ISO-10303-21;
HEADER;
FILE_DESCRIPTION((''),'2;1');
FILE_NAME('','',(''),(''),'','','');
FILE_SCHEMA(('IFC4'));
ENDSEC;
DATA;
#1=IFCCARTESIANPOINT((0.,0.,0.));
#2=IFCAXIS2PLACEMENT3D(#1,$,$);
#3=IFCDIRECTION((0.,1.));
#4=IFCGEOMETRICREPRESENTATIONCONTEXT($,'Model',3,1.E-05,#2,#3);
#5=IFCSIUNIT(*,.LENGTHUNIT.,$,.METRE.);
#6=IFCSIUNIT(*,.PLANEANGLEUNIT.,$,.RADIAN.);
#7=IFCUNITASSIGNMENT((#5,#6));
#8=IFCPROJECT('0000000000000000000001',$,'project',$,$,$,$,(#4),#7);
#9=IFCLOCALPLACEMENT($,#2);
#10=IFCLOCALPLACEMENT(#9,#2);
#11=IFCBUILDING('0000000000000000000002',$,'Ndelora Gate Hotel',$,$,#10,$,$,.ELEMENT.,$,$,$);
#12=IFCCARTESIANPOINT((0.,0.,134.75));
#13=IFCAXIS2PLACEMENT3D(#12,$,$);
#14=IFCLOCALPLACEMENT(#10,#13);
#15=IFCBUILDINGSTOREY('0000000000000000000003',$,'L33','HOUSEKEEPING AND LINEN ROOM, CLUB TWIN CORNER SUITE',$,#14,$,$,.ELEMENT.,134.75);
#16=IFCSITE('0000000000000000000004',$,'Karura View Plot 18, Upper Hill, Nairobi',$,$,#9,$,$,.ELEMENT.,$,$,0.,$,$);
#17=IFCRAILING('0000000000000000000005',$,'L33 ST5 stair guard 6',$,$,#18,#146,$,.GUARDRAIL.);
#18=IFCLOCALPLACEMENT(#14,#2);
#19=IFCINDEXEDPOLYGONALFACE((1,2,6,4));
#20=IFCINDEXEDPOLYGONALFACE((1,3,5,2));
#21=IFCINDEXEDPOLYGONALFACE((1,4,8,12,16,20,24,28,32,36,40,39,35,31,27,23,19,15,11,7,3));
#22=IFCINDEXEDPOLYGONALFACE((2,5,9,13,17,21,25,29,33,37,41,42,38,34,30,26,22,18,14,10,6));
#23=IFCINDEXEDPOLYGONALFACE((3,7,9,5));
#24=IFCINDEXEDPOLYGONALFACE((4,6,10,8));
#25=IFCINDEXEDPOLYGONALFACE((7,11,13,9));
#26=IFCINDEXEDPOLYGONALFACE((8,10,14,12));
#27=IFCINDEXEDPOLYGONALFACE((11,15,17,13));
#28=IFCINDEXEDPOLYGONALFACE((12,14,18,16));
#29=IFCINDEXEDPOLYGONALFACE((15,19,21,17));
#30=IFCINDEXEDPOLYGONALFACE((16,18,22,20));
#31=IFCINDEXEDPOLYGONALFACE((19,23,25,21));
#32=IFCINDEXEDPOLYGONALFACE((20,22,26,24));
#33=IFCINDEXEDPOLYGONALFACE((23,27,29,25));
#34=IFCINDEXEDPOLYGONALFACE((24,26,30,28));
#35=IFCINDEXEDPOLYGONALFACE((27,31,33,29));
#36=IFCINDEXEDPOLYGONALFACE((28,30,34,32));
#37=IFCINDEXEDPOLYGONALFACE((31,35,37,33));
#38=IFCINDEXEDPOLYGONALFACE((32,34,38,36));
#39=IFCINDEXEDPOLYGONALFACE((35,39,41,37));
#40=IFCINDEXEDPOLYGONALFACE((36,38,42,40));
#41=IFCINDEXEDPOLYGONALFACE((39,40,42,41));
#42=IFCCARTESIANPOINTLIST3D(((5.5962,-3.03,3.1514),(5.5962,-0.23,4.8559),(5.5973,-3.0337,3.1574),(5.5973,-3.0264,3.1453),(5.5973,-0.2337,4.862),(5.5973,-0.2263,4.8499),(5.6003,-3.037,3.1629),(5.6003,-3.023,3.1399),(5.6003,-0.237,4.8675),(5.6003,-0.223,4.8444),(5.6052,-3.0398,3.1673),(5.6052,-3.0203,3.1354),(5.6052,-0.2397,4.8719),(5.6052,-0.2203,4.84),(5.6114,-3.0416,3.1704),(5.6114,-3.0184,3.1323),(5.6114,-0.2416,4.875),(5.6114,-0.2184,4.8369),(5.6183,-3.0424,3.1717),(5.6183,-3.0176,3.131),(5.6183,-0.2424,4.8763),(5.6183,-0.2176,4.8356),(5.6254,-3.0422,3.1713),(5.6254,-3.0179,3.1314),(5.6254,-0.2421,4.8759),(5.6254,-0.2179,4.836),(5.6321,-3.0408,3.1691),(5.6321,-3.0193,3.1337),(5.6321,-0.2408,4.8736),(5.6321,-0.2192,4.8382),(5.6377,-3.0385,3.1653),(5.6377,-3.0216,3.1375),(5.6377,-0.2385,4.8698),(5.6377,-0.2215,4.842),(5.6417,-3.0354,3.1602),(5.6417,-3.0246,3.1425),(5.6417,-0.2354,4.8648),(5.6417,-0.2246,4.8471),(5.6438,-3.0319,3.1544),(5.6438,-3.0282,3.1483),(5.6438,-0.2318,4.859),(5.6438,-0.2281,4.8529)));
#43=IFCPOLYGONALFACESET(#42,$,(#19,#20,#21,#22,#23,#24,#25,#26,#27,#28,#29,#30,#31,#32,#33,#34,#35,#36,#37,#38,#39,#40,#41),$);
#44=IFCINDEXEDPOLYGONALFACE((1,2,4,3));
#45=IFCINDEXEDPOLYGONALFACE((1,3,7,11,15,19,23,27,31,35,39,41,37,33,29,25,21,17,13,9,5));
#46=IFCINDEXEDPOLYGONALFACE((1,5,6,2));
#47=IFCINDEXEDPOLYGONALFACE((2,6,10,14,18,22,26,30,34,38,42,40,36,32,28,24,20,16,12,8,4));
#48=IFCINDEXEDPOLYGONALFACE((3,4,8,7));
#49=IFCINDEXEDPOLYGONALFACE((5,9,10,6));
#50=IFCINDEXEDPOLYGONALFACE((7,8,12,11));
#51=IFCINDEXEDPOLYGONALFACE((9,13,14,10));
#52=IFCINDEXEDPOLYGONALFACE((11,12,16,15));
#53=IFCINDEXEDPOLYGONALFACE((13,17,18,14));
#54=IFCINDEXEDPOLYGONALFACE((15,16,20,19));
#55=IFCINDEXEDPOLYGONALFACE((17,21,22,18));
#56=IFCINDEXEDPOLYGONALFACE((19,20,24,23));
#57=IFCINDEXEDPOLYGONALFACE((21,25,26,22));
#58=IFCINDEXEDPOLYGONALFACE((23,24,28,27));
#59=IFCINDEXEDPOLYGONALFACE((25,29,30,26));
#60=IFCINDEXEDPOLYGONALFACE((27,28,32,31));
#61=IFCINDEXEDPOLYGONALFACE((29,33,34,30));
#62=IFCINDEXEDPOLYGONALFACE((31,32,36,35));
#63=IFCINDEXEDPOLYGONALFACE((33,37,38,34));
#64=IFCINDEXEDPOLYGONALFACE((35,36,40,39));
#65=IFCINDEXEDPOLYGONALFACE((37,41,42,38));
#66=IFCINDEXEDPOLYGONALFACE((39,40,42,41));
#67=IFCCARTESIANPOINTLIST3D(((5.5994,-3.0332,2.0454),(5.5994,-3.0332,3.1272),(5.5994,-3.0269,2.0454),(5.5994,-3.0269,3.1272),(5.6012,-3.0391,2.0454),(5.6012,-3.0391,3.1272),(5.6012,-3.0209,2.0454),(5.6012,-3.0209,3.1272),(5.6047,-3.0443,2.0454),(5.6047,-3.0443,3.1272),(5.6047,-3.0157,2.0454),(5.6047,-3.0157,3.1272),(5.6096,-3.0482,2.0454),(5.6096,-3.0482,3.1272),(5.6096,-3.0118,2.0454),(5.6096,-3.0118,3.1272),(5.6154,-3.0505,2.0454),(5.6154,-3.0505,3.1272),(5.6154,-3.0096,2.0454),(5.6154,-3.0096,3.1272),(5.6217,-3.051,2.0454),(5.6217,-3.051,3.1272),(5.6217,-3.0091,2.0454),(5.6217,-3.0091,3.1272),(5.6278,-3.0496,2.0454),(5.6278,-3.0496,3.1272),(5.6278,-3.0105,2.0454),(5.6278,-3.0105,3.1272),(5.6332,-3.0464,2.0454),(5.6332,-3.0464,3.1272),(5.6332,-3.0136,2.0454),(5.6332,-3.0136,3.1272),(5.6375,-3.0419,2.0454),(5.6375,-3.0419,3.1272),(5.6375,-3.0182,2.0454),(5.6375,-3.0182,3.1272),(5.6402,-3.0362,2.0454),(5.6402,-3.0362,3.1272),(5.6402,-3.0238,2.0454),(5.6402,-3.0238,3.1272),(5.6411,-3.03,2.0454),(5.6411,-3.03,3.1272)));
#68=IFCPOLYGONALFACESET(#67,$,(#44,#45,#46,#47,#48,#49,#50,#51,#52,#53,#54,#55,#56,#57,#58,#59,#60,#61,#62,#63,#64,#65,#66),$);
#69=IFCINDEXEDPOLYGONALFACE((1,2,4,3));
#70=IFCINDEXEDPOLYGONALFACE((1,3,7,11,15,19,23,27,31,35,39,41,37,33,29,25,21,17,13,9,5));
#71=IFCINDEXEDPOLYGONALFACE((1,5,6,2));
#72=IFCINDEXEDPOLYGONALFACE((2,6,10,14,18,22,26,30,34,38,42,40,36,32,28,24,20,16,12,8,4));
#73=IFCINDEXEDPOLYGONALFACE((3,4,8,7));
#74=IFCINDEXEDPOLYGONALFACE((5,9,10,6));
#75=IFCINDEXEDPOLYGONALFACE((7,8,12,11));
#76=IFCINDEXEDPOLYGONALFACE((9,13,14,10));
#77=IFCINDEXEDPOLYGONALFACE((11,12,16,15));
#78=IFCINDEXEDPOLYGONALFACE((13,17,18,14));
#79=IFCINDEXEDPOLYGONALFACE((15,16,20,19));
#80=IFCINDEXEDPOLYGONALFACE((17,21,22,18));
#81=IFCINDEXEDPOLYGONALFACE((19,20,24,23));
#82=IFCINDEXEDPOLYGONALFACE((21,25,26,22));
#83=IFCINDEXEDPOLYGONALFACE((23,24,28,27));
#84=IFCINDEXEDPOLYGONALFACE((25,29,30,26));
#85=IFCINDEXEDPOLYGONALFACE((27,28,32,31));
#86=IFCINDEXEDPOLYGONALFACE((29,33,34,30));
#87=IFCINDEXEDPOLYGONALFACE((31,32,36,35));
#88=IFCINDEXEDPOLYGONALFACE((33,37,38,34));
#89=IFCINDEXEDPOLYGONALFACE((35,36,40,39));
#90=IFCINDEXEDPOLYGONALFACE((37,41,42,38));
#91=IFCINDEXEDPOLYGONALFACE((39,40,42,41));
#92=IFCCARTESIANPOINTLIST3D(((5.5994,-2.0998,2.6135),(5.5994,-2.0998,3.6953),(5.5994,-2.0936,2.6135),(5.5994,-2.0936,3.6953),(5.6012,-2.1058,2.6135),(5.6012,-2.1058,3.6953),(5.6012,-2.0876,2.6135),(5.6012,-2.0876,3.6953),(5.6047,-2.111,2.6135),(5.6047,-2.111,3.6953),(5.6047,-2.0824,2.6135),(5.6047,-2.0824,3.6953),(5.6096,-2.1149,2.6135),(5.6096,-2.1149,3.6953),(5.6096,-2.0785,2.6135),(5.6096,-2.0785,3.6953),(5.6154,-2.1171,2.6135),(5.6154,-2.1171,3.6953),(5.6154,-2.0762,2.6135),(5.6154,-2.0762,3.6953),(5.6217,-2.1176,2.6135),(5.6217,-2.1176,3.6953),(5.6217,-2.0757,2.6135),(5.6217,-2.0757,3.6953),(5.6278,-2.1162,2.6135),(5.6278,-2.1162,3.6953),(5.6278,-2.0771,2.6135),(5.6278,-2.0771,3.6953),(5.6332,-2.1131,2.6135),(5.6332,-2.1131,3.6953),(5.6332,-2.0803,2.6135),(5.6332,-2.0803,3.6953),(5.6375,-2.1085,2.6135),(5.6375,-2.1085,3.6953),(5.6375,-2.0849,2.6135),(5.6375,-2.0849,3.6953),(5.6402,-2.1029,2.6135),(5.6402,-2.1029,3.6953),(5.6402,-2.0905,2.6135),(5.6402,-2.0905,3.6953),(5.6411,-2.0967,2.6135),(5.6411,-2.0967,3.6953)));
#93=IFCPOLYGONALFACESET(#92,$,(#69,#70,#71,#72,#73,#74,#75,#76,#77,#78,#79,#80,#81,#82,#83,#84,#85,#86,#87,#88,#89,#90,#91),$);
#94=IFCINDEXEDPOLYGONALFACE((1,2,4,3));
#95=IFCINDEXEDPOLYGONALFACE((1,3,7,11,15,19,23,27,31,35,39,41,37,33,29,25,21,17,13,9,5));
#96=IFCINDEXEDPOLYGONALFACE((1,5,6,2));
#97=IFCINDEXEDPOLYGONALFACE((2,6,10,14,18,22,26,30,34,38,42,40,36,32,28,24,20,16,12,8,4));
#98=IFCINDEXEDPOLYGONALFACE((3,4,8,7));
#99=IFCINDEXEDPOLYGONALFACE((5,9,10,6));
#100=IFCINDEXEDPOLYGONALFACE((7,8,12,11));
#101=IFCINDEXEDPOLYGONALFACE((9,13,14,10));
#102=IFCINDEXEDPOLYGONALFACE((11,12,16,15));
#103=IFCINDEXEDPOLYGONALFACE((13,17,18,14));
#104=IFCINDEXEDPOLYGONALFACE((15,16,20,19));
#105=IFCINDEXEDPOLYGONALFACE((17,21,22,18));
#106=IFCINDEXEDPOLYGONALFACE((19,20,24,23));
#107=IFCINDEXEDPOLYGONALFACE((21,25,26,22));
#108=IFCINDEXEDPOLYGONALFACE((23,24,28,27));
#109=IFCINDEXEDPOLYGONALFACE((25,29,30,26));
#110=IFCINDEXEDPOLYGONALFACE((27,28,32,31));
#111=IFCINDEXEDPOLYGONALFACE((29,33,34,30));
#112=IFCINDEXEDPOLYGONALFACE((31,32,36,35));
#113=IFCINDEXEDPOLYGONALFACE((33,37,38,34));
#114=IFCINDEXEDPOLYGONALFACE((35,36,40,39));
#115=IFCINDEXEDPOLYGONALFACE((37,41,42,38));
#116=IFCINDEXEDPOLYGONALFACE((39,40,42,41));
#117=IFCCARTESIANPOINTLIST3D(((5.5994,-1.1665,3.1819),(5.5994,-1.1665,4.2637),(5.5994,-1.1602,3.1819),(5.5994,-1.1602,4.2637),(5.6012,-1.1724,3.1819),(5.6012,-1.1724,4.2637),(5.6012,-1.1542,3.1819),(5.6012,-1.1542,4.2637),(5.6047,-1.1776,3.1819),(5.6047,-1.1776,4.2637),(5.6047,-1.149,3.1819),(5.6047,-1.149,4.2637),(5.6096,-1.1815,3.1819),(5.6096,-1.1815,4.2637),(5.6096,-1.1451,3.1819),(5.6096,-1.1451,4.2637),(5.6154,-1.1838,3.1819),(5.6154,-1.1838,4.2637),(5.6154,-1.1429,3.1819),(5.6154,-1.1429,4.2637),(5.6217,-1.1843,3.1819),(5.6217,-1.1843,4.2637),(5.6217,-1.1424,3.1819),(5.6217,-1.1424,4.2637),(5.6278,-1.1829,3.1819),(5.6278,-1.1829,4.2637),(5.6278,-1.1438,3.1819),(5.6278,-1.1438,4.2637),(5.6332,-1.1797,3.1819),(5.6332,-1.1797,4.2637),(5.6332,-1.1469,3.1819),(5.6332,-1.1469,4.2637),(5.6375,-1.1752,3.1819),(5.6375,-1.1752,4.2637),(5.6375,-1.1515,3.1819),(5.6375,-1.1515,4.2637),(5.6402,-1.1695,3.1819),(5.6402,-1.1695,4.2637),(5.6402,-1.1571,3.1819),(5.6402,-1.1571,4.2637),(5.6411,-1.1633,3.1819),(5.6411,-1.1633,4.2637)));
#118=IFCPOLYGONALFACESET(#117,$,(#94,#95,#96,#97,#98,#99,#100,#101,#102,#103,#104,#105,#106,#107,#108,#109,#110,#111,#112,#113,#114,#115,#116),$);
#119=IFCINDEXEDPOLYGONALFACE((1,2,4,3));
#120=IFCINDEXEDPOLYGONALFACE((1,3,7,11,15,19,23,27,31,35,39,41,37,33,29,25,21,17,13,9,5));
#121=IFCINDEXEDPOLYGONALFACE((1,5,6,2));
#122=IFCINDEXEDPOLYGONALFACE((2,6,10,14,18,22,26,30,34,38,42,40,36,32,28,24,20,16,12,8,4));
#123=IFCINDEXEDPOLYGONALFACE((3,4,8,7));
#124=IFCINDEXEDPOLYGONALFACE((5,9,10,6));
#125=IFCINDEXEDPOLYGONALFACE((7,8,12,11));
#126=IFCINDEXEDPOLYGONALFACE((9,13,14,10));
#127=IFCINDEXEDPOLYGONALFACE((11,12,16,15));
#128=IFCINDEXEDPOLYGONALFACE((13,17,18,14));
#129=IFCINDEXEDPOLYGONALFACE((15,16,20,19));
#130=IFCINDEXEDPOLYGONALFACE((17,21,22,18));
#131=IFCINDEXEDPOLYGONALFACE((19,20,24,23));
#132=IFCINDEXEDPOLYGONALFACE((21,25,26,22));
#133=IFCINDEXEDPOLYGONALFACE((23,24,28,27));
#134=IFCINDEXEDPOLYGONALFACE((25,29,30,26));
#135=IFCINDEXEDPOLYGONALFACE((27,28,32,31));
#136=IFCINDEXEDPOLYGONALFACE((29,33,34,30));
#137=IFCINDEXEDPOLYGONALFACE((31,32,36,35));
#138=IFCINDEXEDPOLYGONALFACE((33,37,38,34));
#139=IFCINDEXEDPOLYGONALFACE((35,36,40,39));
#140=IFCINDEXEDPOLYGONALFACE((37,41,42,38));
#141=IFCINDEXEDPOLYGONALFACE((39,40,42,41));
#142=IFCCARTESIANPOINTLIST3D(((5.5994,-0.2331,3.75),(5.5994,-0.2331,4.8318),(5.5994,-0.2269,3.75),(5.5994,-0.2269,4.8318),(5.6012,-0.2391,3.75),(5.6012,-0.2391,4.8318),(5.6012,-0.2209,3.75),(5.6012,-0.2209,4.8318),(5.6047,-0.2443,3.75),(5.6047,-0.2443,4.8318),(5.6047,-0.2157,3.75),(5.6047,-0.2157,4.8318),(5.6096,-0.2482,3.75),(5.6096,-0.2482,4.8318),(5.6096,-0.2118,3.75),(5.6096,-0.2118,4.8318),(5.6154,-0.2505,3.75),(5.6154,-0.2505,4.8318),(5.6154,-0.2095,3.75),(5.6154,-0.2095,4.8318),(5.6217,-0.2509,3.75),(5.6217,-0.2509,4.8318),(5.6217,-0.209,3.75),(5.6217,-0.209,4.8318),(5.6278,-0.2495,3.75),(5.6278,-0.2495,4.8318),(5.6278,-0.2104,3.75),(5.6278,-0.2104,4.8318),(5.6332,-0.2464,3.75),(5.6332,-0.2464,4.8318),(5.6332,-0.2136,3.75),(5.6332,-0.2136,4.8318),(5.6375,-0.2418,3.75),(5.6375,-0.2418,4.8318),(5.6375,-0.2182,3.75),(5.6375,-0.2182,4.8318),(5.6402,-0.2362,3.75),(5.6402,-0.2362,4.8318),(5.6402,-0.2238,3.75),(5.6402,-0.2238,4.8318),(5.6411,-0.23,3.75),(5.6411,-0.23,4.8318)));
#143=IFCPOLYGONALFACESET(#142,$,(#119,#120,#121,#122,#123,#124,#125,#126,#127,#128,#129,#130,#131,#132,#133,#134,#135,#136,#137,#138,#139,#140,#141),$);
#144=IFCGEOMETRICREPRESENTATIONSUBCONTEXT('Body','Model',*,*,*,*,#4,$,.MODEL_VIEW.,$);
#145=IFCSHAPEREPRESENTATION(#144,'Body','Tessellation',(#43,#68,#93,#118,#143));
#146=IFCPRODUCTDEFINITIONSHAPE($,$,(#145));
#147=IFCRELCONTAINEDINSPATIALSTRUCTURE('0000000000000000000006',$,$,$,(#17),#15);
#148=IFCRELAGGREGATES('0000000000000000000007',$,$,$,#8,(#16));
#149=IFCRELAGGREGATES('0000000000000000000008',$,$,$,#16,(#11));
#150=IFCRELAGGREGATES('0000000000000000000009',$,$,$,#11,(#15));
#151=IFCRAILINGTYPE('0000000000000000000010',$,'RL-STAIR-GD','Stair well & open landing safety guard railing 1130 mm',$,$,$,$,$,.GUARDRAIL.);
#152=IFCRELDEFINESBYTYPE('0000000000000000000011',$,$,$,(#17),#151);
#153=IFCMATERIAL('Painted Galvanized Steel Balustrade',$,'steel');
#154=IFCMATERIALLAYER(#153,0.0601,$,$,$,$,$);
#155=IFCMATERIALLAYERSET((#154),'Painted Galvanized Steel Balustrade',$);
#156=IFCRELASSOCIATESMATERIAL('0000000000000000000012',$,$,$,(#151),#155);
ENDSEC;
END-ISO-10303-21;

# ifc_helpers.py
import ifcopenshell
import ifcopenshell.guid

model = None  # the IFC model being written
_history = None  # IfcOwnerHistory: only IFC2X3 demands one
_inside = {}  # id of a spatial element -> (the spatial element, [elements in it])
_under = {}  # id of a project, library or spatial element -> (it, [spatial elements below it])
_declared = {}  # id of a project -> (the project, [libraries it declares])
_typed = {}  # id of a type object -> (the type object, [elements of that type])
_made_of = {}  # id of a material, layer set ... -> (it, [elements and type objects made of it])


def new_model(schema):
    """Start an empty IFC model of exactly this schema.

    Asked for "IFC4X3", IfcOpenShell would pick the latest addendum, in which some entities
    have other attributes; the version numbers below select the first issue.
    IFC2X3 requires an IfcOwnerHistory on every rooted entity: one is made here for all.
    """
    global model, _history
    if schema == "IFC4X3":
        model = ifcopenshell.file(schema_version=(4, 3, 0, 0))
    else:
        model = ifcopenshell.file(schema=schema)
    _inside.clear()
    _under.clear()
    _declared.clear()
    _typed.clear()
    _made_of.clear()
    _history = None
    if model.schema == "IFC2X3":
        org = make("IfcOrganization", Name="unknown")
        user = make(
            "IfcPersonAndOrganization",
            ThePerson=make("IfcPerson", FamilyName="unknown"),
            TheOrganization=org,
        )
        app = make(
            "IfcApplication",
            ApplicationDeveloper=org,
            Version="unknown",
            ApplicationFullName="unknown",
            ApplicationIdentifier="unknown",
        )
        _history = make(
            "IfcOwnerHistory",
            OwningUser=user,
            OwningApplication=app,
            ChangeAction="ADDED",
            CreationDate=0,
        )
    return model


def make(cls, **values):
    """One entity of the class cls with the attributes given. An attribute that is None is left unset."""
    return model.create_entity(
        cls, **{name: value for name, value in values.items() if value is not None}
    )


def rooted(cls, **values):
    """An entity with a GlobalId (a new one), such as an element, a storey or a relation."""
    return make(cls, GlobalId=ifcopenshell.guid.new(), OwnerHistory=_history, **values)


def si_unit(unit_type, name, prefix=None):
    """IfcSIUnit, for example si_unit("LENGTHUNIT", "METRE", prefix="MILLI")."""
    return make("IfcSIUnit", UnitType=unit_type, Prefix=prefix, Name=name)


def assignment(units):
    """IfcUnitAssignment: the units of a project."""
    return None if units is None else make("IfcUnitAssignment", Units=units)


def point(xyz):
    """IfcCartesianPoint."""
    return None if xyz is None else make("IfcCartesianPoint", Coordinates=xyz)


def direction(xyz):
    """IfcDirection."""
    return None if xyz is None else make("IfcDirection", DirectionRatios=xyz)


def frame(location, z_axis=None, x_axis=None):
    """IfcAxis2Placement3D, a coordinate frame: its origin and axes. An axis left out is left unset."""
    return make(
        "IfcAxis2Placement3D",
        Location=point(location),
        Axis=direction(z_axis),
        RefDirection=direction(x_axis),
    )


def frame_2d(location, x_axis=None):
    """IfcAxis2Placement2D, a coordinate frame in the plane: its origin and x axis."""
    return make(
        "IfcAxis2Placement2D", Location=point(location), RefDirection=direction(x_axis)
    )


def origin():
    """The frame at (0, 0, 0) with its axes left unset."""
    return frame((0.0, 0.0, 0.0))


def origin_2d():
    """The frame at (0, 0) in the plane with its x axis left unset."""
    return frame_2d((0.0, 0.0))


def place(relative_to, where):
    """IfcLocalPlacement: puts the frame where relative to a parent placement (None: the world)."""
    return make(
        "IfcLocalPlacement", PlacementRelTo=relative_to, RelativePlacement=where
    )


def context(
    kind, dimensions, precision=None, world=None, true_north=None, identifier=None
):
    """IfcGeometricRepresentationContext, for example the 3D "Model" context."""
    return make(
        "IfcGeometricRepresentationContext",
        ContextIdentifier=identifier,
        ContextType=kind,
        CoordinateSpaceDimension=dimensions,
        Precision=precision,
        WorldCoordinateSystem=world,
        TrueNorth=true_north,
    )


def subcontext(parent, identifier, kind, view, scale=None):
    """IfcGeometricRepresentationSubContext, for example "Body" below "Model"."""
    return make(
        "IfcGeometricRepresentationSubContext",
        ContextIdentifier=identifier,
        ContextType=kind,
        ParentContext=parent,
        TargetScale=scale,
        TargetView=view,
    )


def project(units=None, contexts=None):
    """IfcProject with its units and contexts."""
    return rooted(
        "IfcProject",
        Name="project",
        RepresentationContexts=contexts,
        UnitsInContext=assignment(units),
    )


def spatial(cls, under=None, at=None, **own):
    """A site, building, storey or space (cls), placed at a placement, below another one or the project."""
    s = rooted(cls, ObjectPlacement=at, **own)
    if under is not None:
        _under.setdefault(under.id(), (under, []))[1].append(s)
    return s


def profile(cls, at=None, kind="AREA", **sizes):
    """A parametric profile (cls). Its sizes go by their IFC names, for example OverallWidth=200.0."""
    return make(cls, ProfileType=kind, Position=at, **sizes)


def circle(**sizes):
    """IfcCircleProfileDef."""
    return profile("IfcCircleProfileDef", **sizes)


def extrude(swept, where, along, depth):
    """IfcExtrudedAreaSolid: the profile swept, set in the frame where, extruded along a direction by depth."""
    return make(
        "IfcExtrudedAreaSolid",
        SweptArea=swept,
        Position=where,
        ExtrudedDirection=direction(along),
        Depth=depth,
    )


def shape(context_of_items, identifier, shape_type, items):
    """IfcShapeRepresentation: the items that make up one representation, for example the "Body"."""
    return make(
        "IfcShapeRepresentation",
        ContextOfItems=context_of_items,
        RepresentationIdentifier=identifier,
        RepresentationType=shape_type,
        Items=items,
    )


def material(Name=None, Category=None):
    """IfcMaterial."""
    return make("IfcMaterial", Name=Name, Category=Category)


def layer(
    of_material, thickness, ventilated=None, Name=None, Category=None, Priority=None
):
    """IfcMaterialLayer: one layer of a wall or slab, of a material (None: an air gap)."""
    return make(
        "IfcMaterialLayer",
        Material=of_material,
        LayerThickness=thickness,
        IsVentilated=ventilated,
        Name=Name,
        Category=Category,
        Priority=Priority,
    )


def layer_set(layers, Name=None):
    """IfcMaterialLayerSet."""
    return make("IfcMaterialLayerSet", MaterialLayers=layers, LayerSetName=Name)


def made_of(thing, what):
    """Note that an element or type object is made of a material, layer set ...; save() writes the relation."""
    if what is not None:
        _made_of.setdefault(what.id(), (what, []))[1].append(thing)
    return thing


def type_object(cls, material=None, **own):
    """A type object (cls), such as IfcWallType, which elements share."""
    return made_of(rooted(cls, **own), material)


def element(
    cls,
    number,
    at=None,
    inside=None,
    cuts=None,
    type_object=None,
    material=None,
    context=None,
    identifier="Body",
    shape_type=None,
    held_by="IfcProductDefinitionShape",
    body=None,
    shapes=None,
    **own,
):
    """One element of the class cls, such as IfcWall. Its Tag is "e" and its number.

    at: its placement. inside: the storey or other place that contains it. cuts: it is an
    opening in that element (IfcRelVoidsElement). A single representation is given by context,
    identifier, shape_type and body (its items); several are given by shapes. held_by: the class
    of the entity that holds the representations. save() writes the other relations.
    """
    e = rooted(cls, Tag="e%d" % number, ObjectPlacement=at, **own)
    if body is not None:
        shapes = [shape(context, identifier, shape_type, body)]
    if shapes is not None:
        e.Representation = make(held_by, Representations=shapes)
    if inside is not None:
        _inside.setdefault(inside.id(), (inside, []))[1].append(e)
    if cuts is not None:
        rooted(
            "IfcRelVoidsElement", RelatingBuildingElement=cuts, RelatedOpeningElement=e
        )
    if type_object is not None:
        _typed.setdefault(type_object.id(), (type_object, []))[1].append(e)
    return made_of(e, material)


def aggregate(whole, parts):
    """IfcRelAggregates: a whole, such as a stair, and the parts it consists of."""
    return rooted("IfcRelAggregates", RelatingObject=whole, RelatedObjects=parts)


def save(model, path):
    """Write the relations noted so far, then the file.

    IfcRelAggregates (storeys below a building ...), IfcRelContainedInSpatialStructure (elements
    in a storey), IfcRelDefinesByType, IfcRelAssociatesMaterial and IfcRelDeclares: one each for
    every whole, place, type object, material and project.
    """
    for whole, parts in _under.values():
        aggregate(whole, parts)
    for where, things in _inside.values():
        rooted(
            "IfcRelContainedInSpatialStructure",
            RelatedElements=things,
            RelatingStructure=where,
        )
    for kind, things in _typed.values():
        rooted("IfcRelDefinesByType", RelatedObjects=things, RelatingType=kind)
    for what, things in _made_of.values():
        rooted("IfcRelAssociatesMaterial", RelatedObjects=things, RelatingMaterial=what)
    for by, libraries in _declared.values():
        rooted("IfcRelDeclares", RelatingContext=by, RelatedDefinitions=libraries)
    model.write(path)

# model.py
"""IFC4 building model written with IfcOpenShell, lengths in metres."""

from ifc_helpers import new_model, si_unit, direction, frame, origin, origin_2d, place, context, subcontext, project, spatial, circle, extrude, material, layer, layer_set, type_object, element, save


model = new_model("IFC4")

# Units and contexts
model_context = context("Model", 3, precision=1e-05, world=origin(), true_north=direction((0.0, 1.0)))
body_context = subcontext(model_context, "Body", "Model", "MODEL_VIEW")
ifc_project = project(units=[si_unit("LENGTHUNIT", "METRE"), si_unit("PLANEANGLEUNIT", "RADIAN")], contexts=[model_context])

# Site, building, storey
site_placement = place(None, origin())
site = spatial("IfcSite", under=ifc_project, at=site_placement, Name="Karura View Plot 18, Upper Hill, Nairobi", CompositionType="ELEMENT", RefElevation=0.0)
building_placement = place(site_placement, origin())
building = spatial("IfcBuilding", under=site, at=building_placement, Name="Ndelora Gate Hotel", CompositionType="ELEMENT")
storey_placement = place(building_placement, frame((0.0, 0.0, 134.75)))
storey = spatial("IfcBuildingStorey", under=building, at=storey_placement, Name="L33", Description="HOUSEKEEPING AND LINEN ROOM, CLUB TWIN CORNER SUITE", CompositionType="ELEMENT", Elevation=134.75)

# Railing
ifc_material_1 = material(Name="Painted Galvanized Steel Balustrade", Category="steel")
ifc_layer_1 = layer(ifc_material_1, 0.0601)
ifc_layer_set_1 = layer_set([ifc_layer_1], Name="Painted Galvanized Steel Balustrade")
railing_type_1 = type_object("IfcRailingType", Name="RL-STAIR-GD", Description="Stair well & open landing safety guard railing 1130 mm", PredefinedType="GUARDRAIL", material=ifc_layer_set_1)
railing_1_placement = place(storey_placement, frame((5.6201, -3.03, 2.0454)))
element("IfcRailing", 1, at=railing_1_placement, inside=storey, type_object=railing_type_1, Name="L33 ST5 stair guard 6", PredefinedType="GUARDRAIL", context=body_context, shape_type="SweptSolid", body=[
    extrude(circle(Radius=0.0239, at=origin_2d()), frame((0.0, 0.0, 1.106), z_axis=(0.0, 0.85417, 0.519994), x_axis=(-1.0, 0.0, 0.0)), (0.0, 0.0, 1.0), 3.2781),
    extrude(circle(Radius=0.021, at=origin_2d()), origin(), (0.0, 0.0, 1.0), 1.0818),
    extrude(circle(Radius=0.021, at=origin_2d()), frame((0.0, 0.9333, 0.5681)), (0.0, 0.0, 1.0), 1.0818),
    extrude(circle(Radius=0.021, at=origin_2d()), frame((0.0, 1.8667, 1.1365)), (0.0, 0.0, 1.0), 1.0818),
    extrude(circle(Radius=0.021, at=origin_2d()), frame((0.0, 2.8, 1.7046)), (0.0, 0.0, 1.0), 1.0818),
])

save(model, "model.ifc")
